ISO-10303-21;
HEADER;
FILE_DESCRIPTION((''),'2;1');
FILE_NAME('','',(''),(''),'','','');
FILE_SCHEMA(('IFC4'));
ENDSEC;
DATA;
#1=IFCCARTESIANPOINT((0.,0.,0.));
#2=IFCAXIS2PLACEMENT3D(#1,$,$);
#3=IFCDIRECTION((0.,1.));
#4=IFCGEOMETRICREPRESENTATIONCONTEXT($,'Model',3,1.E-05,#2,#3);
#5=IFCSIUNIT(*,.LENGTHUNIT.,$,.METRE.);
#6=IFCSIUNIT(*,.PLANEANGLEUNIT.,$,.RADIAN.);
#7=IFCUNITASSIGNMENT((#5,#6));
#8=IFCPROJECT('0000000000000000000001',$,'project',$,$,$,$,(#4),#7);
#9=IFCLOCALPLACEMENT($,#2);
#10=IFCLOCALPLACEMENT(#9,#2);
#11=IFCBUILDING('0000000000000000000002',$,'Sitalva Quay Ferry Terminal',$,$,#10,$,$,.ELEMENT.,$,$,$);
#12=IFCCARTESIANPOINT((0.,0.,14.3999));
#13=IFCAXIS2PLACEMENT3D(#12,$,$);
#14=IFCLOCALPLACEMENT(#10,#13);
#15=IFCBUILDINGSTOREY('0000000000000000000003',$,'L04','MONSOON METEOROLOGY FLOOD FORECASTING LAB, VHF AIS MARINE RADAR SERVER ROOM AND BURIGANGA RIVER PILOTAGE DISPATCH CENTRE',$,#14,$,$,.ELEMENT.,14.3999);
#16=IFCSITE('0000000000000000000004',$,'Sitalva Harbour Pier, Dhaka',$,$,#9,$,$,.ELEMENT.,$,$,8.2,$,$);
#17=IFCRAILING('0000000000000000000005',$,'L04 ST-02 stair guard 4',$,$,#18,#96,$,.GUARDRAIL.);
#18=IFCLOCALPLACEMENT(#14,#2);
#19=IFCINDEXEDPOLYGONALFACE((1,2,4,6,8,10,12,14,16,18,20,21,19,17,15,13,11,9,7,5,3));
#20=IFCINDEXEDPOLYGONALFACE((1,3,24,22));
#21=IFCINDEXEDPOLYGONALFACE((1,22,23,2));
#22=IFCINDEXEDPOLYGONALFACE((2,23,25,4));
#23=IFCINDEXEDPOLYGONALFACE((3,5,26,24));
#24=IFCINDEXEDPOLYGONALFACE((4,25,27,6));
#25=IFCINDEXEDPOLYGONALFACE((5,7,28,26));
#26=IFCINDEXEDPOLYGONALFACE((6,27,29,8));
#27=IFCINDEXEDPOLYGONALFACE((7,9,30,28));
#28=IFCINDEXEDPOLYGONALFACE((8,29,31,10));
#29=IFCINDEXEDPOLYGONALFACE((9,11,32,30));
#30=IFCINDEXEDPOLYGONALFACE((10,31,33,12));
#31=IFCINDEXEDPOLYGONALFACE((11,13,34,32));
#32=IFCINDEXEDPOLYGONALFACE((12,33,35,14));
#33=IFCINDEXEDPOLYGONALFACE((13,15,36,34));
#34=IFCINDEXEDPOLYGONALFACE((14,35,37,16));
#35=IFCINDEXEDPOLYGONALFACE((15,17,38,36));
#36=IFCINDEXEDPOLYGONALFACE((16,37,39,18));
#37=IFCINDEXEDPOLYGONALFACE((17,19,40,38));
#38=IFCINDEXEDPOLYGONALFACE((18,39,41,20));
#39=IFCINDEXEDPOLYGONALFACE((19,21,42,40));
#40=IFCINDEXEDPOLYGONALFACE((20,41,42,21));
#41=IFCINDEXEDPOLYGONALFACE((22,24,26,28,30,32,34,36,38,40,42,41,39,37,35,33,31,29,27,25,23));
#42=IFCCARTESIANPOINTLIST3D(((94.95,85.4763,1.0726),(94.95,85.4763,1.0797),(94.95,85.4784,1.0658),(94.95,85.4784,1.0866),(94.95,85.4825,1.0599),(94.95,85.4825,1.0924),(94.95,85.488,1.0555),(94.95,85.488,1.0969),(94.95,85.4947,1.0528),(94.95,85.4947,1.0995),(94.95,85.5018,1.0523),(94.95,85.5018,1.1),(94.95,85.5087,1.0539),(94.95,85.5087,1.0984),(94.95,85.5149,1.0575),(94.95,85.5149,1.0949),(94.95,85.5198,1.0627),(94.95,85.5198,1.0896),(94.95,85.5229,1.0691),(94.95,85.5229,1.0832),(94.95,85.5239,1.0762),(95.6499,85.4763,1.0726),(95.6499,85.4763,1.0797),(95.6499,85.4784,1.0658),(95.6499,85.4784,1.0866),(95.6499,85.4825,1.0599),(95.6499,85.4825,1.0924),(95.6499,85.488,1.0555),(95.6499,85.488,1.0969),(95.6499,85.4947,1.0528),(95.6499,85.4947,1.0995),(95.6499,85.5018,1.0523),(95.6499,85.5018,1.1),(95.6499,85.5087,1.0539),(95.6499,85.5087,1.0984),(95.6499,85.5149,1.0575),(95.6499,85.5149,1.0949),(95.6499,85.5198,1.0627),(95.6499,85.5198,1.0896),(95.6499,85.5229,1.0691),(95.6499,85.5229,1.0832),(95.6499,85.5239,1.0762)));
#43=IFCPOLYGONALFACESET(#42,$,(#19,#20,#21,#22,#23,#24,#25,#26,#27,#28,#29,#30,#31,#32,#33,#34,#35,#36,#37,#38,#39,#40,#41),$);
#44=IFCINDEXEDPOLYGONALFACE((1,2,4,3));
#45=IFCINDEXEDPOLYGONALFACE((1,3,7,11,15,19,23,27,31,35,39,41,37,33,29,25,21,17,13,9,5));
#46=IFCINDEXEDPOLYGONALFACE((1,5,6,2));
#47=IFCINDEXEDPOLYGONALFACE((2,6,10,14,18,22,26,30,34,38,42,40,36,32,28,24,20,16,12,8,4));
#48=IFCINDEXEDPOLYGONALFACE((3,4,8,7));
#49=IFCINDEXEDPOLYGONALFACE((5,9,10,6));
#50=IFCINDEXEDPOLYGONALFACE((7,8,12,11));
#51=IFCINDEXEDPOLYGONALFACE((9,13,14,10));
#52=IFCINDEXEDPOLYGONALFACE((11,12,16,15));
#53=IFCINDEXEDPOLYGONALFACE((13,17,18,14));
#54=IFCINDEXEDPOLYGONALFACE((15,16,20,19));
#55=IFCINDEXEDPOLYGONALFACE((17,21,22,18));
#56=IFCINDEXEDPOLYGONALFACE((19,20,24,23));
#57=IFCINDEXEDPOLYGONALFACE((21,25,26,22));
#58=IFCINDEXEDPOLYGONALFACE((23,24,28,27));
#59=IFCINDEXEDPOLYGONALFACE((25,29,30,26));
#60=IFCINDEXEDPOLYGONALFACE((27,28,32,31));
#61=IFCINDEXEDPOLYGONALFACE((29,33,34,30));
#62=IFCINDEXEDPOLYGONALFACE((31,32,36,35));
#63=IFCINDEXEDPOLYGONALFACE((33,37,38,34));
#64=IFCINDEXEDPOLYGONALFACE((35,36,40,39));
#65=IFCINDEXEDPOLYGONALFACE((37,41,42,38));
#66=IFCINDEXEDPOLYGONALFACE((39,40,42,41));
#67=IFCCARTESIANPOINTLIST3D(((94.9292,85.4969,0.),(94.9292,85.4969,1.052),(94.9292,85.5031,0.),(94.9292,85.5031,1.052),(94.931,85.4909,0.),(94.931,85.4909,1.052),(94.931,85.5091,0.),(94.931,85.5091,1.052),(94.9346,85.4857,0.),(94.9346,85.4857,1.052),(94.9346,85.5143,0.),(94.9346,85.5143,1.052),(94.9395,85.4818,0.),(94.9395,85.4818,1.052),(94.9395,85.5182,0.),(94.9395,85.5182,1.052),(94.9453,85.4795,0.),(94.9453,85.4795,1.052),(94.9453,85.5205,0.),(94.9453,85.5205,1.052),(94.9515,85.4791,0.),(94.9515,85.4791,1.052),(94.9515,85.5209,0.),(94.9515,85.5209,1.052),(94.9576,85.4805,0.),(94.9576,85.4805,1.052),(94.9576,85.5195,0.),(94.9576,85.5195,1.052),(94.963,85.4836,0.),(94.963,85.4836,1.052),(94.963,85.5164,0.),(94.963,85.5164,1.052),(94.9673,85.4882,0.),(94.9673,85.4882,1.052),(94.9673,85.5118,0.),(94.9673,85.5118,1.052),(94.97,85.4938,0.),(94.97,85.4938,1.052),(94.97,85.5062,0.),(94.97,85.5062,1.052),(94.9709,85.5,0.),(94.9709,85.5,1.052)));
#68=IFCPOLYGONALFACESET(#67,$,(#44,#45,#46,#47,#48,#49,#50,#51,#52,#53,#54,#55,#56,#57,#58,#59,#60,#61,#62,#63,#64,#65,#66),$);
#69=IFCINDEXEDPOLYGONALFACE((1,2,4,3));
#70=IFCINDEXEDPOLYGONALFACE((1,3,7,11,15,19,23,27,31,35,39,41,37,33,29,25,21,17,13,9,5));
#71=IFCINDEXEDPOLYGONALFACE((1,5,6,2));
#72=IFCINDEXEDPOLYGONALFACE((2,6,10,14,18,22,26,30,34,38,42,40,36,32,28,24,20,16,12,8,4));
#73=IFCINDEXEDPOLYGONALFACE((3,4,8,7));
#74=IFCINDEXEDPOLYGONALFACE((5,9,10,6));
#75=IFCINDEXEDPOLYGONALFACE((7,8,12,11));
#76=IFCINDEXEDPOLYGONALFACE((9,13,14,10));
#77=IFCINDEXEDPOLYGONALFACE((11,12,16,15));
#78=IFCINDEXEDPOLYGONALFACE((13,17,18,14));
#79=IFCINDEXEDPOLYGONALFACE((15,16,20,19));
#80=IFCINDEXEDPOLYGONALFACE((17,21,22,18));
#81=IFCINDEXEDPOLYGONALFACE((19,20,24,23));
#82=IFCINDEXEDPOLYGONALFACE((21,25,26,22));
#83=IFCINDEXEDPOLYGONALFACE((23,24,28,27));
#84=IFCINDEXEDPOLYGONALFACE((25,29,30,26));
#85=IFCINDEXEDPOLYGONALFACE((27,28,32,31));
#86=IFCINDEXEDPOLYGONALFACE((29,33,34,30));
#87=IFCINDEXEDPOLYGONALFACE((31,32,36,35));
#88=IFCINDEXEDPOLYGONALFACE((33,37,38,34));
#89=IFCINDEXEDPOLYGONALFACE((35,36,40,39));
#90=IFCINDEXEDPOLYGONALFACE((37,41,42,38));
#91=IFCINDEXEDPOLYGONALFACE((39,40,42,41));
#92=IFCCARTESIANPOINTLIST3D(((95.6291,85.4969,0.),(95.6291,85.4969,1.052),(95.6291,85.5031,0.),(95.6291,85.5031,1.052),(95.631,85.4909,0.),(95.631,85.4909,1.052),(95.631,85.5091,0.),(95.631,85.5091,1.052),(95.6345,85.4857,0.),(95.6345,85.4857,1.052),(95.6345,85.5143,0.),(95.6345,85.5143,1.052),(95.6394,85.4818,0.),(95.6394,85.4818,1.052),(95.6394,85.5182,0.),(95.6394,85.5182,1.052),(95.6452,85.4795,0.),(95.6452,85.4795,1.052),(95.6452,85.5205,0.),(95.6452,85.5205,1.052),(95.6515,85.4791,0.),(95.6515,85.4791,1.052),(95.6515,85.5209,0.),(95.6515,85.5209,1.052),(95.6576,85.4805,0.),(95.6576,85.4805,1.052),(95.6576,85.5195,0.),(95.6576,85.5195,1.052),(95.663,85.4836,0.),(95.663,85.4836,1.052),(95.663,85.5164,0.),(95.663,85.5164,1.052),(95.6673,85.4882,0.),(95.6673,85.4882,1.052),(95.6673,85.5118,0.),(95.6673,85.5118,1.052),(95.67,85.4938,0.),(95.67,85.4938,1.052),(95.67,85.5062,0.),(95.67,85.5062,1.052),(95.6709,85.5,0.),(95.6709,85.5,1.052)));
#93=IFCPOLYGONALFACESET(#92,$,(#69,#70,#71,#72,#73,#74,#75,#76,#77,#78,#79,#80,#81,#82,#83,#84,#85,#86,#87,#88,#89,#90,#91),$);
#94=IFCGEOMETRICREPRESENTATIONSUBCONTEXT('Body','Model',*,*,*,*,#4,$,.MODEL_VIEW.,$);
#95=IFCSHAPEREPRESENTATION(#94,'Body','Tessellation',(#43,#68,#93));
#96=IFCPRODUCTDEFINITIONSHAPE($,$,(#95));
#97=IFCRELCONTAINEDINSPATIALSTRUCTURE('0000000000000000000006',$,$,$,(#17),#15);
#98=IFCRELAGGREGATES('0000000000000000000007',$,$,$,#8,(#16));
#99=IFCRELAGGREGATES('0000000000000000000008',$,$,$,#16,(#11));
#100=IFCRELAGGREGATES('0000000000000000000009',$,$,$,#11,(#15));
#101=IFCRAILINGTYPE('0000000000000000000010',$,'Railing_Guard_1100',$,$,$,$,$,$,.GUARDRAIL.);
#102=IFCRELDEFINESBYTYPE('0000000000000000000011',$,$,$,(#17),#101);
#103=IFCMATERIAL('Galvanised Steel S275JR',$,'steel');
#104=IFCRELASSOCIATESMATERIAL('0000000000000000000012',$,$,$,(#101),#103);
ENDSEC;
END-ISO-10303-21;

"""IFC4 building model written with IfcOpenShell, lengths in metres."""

from ifc_helpers import new_model, si_unit, direction, frame, origin, origin_2d, place, context, subcontext, project, spatial, circle, extrude, material, type_object, element, save


model = new_model("IFC4")

# Units and contexts
model_context = context("Model", 3, precision=1e-05, world=origin(), true_north=direction((0.0, 1.0)))
body_context = subcontext(model_context, "Body", "Model", "MODEL_VIEW")
ifc_project = project(units=[si_unit("LENGTHUNIT", "METRE"), si_unit("PLANEANGLEUNIT", "RADIAN")], contexts=[model_context])

# Site, building, storey
site_placement = place(None, origin())
site = spatial("IfcSite", under=ifc_project, at=site_placement, Name="Sitalva Harbour Pier, Dhaka", CompositionType="ELEMENT", RefElevation=8.2)
building_placement = place(site_placement, origin())
building = spatial("IfcBuilding", under=site, at=building_placement, Name="Sitalva Quay Ferry Terminal", CompositionType="ELEMENT")
storey_placement = place(building_placement, frame((0.0, 0.0, 14.3999)))
storey = spatial("IfcBuildingStorey", under=building, at=storey_placement, Name="L04", Description="MONSOON METEOROLOGY FLOOD FORECASTING LAB, VHF AIS MARINE RADAR SERVER ROOM AND BURIGANGA RIVER PILOTAGE DISPATCH CENTRE", CompositionType="ELEMENT", Elevation=14.3999)

# Railing
ifc_material_1 = material(Name="Galvanised Steel S275JR", Category="steel")
railing_type_1 = type_object("IfcRailingType", Name="Railing_Guard_1100", PredefinedType="GUARDRAIL", material=ifc_material_1)
railing_1_placement = place(storey_placement, frame((94.95, 85.5, 0.0)))
element("IfcRailing", 1, at=railing_1_placement, inside=storey, type_object=railing_type_1, Name="L04 ST-02 stair guard 4", PredefinedType="GUARDRAIL", context=body_context, shape_type="SweptSolid", body=[
    extrude(circle(Radius=0.0239, at=origin_2d()), frame((0.0, 0.0, 1.0762), z_axis=(1.0, 0.0, 0.0), x_axis=(0.0, 1.0, 0.0)), (0.0, 0.0, 1.0), 0.7),
    extrude(circle(Radius=0.021, at=origin_2d()), origin(), (0.0, 0.0, 1.0), 1.052),
    extrude(circle(Radius=0.021, at=origin_2d()), frame((0.7, 0.0, 0.0)), (0.0, 0.0, 1.0), 1.052),
])

save(model, "model.ifc")
